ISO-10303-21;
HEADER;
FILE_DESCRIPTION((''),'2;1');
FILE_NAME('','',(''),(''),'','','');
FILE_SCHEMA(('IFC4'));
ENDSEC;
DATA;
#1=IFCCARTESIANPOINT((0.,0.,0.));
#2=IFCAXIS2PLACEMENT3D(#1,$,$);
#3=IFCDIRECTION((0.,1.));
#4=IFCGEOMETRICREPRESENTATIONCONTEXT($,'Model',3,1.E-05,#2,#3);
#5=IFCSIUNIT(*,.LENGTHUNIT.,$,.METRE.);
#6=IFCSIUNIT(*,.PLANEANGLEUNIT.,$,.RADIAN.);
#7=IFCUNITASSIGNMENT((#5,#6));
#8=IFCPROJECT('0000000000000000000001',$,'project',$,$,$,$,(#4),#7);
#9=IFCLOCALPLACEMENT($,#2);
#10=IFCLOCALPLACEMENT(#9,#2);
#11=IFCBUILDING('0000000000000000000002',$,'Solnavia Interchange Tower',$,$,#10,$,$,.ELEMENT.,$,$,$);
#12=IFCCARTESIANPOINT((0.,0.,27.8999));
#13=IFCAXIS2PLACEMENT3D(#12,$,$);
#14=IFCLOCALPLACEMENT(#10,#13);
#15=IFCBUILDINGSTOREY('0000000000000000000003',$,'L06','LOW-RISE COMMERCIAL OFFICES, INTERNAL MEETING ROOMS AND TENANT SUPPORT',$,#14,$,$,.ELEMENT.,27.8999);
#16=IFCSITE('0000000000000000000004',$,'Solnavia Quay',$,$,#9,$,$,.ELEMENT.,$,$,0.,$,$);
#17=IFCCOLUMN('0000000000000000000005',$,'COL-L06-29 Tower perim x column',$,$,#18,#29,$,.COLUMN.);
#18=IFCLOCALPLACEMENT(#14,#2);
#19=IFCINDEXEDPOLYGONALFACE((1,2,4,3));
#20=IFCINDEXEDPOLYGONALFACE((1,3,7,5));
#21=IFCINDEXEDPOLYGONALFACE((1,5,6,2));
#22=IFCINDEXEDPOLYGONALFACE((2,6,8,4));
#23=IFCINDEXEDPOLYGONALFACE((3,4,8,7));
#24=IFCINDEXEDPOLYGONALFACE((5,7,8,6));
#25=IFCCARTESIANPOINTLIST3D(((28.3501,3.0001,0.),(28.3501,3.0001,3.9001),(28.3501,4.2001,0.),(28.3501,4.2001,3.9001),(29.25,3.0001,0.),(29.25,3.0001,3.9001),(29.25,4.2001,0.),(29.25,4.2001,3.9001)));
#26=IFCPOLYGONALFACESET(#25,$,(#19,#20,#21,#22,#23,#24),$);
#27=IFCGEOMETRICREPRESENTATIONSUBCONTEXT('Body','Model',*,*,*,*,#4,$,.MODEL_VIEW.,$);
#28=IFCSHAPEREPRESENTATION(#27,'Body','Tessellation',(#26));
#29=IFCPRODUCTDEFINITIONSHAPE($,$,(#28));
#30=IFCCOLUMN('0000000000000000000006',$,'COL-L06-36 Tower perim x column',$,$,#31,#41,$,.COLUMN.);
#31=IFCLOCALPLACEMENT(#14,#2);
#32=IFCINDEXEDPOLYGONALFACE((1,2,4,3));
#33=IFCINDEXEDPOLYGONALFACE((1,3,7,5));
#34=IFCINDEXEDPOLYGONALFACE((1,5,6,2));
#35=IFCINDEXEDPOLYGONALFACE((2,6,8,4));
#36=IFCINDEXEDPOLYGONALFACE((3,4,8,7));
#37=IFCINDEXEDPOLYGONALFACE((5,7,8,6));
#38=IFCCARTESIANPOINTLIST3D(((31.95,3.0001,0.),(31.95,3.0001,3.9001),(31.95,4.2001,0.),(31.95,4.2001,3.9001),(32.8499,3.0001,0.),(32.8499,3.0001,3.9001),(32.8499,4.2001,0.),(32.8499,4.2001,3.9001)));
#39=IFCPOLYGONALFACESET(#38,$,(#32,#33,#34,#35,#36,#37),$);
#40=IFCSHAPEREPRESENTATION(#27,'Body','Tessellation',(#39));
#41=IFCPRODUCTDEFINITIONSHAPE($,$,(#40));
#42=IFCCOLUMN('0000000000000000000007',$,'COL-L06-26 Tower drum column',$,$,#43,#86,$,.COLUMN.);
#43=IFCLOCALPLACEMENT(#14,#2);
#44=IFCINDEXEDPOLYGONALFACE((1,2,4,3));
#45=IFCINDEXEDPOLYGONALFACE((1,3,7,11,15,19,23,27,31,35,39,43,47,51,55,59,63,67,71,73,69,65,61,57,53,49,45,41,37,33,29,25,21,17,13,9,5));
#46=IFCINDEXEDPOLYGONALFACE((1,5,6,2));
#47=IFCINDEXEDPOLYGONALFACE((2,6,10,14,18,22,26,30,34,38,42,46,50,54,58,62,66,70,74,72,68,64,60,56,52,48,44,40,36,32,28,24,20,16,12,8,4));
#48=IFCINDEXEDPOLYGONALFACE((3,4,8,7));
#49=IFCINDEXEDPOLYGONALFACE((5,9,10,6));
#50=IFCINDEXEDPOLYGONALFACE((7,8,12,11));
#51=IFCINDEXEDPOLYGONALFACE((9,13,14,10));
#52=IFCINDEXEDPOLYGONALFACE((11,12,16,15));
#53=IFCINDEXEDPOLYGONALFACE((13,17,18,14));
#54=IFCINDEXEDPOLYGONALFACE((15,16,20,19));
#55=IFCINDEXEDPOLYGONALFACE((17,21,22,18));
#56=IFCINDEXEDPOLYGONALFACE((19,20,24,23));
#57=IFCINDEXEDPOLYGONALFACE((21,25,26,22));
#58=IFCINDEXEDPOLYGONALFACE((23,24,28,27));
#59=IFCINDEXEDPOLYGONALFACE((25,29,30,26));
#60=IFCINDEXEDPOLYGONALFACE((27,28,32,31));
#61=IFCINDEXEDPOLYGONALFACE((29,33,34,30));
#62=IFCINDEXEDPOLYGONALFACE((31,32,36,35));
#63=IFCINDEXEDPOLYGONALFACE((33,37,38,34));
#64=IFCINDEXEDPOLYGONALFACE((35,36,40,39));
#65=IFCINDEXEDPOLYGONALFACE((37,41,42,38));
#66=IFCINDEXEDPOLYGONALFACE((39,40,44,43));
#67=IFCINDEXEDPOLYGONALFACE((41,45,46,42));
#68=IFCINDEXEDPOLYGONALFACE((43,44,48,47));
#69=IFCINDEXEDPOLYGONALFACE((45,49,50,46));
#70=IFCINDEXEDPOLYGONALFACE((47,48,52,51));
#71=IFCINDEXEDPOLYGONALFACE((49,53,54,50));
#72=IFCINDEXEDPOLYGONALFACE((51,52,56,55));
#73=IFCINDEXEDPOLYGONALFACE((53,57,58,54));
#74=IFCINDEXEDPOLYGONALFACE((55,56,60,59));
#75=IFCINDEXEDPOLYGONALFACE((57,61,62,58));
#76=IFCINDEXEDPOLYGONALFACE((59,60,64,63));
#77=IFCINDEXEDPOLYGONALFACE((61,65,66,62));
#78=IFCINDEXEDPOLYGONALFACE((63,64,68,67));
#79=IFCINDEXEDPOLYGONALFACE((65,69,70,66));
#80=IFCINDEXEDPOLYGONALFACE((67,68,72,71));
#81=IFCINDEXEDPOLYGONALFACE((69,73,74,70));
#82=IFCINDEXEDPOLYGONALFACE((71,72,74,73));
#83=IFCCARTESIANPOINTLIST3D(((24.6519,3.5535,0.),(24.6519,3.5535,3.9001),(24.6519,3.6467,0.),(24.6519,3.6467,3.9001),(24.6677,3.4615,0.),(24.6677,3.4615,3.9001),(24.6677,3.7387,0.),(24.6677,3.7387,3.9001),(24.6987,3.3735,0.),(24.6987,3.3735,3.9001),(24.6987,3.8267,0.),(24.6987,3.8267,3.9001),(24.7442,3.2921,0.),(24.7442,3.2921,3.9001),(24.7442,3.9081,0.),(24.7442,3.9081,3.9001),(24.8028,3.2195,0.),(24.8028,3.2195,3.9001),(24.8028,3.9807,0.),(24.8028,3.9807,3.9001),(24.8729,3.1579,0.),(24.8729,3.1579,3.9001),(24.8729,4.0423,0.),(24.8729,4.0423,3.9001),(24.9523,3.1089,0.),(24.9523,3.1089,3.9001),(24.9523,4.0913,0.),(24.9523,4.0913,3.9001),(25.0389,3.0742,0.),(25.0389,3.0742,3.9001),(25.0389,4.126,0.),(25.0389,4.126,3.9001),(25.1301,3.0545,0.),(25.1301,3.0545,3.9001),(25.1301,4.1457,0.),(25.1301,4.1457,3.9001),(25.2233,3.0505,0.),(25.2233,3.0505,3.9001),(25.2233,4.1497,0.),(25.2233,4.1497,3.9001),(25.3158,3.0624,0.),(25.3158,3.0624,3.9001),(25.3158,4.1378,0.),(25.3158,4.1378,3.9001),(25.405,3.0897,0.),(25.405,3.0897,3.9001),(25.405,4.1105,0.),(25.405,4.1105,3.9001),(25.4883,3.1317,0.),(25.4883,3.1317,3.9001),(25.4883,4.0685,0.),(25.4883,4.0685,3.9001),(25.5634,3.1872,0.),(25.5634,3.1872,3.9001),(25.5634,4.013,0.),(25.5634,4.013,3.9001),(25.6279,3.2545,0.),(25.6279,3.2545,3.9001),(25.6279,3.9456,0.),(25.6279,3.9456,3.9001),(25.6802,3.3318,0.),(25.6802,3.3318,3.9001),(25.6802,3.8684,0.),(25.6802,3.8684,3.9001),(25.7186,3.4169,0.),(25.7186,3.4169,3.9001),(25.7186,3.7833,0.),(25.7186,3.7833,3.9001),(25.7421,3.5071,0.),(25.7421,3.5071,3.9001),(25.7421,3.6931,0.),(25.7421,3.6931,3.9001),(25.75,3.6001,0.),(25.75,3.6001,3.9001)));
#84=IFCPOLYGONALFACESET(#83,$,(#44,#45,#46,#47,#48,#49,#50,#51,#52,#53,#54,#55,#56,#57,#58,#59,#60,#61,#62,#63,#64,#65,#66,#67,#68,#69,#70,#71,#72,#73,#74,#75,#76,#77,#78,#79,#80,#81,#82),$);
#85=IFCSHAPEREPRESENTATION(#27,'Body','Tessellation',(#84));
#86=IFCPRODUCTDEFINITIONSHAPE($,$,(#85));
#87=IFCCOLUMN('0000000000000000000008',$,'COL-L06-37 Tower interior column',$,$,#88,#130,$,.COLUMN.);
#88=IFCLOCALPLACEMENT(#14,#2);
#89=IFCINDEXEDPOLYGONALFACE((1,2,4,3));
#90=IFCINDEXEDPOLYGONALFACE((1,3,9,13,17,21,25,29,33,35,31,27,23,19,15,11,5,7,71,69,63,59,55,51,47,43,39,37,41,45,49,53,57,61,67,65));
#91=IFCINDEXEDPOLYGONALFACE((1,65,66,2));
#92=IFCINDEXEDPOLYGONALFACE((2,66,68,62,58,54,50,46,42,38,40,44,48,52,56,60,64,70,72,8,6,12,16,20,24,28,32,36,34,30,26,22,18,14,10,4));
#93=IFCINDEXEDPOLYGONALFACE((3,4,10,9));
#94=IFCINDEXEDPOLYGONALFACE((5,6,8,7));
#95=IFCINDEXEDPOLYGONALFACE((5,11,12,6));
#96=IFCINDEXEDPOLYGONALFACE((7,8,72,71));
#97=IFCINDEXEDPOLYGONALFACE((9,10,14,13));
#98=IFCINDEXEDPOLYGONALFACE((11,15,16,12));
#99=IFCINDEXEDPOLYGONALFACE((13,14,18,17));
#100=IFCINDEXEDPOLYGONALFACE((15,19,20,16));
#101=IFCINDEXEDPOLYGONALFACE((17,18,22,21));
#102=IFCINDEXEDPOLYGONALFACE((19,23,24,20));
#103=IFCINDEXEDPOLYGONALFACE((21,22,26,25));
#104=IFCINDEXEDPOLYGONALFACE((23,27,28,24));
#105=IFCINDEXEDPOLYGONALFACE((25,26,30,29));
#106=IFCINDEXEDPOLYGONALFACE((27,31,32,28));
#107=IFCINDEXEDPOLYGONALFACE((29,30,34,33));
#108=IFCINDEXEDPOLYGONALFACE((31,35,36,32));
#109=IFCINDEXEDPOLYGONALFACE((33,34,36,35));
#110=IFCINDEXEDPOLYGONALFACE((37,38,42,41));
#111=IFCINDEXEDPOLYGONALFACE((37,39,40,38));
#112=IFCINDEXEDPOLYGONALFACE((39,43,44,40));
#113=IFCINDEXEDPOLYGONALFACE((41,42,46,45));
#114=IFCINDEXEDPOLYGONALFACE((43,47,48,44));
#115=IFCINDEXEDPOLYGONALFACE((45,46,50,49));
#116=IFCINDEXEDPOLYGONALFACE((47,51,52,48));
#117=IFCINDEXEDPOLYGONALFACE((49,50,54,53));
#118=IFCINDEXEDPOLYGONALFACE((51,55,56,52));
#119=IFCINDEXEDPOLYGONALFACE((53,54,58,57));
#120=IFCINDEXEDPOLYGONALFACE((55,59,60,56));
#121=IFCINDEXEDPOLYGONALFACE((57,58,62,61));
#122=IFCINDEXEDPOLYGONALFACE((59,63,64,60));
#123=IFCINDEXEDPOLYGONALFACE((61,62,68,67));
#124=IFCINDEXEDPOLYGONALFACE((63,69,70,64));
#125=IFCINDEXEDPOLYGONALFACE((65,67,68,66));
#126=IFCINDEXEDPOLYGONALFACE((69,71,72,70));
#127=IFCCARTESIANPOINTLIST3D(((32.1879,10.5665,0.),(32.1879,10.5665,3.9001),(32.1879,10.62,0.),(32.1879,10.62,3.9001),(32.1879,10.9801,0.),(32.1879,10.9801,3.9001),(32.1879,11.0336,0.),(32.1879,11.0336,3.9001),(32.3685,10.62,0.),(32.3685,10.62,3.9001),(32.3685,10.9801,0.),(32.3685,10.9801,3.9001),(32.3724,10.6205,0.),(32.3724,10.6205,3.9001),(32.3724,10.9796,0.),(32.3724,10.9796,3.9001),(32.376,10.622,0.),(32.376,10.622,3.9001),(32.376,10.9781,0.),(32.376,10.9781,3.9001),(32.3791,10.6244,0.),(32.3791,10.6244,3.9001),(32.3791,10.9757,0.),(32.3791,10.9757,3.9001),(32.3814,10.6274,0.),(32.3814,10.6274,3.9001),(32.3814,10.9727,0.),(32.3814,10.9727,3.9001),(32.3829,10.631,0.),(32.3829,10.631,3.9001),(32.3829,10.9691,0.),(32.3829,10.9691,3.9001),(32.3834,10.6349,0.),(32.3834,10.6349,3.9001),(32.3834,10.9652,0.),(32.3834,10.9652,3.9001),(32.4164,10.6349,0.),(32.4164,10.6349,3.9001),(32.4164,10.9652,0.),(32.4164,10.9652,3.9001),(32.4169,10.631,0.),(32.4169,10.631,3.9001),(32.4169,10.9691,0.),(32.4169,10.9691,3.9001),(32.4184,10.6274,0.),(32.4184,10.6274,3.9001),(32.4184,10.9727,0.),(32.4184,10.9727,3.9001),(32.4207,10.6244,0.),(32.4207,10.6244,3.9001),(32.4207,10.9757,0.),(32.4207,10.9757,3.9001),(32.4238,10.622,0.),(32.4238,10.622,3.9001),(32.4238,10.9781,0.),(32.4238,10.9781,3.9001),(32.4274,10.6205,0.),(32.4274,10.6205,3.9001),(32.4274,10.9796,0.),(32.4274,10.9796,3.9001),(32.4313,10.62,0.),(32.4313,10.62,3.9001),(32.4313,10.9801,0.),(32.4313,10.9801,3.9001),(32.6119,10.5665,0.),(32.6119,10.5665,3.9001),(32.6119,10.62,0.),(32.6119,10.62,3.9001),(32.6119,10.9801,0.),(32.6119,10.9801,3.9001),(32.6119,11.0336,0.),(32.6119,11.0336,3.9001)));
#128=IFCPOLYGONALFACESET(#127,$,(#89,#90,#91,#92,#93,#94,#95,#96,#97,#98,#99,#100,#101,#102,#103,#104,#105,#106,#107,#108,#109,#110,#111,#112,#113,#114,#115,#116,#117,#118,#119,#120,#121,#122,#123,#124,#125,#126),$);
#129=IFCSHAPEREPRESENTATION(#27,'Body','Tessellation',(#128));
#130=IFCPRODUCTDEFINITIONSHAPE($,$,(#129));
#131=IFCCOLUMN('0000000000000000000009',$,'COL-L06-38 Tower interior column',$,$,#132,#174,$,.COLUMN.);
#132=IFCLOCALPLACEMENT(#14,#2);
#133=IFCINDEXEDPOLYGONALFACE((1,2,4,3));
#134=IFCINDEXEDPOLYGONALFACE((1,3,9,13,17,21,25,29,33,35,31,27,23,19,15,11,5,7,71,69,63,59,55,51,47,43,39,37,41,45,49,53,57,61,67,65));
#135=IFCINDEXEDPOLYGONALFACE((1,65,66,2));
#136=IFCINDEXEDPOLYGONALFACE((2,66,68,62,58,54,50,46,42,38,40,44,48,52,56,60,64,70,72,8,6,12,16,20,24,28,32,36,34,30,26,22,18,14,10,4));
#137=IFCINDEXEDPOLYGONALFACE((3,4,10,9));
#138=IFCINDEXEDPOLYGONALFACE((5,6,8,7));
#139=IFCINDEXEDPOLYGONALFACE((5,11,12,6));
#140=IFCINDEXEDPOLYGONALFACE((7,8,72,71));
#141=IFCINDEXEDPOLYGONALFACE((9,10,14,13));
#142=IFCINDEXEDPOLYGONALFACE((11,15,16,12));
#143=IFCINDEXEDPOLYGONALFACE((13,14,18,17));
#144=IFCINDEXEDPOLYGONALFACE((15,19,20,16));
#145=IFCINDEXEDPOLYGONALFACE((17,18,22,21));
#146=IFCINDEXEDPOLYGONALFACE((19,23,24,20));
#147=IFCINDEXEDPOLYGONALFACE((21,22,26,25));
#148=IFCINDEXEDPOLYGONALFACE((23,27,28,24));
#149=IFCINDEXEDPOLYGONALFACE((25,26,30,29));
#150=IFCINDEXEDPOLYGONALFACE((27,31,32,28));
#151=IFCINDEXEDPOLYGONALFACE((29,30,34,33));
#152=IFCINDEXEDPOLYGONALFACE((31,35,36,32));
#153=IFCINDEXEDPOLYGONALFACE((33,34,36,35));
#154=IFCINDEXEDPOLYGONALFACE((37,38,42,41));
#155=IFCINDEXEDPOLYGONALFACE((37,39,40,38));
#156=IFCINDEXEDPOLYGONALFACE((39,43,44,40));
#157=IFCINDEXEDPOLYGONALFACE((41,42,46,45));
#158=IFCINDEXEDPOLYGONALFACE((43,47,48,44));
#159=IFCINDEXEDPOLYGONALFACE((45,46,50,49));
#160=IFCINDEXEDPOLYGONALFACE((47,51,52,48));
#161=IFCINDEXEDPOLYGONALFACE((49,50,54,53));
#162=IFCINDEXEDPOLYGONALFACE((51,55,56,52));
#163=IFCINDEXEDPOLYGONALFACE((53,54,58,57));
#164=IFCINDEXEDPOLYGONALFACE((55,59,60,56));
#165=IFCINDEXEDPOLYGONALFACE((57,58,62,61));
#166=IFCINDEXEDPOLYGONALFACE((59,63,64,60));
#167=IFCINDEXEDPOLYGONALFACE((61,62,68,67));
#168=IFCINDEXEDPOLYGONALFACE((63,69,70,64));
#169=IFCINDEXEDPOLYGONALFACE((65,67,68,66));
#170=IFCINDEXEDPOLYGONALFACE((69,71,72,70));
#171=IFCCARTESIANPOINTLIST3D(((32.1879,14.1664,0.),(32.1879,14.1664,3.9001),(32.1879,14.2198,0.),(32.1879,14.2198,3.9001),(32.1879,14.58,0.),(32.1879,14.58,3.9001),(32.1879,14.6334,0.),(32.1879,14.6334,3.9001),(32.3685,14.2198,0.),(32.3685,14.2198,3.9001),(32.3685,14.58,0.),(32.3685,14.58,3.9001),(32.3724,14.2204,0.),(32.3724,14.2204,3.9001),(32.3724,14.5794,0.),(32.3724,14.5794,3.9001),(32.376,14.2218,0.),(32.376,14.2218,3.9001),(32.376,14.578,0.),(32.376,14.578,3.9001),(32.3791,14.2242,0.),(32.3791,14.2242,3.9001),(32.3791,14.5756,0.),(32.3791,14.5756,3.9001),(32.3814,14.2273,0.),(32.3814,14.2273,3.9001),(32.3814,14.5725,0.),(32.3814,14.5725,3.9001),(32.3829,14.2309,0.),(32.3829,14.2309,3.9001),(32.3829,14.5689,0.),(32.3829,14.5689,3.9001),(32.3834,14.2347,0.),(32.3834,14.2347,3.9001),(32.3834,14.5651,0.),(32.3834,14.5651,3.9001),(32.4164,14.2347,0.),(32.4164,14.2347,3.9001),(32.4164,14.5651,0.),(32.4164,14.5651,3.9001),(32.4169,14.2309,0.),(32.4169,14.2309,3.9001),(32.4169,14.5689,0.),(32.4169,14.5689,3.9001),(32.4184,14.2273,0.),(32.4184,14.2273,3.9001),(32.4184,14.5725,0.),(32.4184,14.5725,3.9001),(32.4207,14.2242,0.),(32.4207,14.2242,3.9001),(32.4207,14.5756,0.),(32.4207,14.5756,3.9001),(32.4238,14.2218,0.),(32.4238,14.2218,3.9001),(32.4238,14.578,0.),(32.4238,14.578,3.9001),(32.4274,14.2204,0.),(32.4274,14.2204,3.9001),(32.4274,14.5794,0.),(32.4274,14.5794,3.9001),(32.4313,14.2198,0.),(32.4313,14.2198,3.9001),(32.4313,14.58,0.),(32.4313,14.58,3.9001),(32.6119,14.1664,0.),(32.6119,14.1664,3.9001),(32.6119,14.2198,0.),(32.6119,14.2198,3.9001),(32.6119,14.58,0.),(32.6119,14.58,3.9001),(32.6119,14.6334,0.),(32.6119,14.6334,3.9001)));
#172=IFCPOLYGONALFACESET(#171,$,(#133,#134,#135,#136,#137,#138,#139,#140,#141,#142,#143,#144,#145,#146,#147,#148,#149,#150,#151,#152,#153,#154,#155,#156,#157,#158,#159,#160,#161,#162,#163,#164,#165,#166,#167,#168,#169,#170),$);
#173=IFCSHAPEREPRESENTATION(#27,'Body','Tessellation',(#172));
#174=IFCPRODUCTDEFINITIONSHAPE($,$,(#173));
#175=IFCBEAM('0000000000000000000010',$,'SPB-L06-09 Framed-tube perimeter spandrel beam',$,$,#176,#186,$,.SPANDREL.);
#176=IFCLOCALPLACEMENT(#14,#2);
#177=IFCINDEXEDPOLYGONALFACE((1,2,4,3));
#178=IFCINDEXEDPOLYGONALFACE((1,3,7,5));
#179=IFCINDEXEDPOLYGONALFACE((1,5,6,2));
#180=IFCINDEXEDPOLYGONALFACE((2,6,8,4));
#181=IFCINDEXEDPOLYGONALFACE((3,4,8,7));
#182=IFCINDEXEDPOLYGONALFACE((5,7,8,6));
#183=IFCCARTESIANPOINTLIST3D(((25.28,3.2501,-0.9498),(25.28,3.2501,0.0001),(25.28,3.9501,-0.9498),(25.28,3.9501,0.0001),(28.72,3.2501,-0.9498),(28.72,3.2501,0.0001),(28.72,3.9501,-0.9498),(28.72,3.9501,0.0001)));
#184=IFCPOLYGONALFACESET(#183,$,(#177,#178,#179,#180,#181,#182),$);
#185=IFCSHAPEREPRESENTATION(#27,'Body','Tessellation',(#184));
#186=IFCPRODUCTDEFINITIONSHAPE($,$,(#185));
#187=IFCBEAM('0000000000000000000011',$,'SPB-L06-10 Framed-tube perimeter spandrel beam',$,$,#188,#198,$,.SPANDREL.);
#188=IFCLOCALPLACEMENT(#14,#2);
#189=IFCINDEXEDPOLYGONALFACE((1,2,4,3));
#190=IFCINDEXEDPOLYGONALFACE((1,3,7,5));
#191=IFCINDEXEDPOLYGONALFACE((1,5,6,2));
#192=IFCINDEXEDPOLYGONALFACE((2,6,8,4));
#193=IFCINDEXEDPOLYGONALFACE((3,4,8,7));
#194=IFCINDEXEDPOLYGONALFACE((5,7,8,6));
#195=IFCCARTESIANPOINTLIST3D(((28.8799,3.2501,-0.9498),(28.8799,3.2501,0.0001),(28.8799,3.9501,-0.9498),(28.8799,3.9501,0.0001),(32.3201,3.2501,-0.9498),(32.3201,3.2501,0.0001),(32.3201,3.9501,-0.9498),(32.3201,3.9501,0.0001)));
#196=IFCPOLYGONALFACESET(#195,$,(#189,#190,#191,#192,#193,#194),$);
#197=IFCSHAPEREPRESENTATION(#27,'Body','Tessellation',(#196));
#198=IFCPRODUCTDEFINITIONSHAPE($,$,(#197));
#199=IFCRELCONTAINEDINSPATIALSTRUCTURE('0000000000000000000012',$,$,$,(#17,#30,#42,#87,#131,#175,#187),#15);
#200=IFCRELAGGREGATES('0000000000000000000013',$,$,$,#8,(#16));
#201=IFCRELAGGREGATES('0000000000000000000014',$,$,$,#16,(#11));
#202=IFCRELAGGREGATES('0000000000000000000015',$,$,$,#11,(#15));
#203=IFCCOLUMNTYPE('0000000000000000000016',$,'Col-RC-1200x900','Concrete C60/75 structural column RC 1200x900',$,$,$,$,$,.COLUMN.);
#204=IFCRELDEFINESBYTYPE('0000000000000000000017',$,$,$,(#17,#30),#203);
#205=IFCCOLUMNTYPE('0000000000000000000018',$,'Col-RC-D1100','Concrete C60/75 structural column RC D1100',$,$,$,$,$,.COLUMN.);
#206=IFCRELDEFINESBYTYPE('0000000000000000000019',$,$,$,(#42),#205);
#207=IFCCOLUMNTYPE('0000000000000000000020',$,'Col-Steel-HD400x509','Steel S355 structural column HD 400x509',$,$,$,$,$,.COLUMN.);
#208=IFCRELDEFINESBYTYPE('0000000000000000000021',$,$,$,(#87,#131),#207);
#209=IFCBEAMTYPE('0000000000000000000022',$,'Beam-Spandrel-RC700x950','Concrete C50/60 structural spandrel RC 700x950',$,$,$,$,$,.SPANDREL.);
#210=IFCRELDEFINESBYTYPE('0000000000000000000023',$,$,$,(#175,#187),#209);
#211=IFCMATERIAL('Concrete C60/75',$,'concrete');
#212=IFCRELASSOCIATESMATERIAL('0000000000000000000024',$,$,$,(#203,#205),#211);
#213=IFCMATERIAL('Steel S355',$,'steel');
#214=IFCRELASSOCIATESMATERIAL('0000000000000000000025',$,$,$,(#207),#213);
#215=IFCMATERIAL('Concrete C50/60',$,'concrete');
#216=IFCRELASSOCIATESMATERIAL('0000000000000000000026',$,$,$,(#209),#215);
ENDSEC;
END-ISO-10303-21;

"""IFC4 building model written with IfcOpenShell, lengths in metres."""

from ifc_helpers import new_model, si_unit, direction, frame, origin, origin_2d, place, context, subcontext, project, spatial, rectangle, circle, i_section, extrude, material, material_profile, profile_set, type_object, element, save


model = new_model("IFC4")

# Units and contexts
model_context = context("Model", 3, precision=1e-05, world=origin(), true_north=direction((0.0, 1.0)))
body_context = subcontext(model_context, "Body", "Model", "MODEL_VIEW")
ifc_project = project(units=[si_unit("LENGTHUNIT", "METRE"), si_unit("PLANEANGLEUNIT", "RADIAN")], contexts=[model_context])

# Site, building, storey
site_placement = place(None, origin())
site = spatial("IfcSite", under=ifc_project, at=site_placement, Name="Solnavia Quay", CompositionType="ELEMENT", RefElevation=0.0)
building_placement = place(site_placement, origin())
building = spatial("IfcBuilding", under=site, at=building_placement, Name="Solnavia Interchange Tower", CompositionType="ELEMENT")
storey_placement = place(building_placement, frame((0.0, 0.0, 27.8999)))
storey = spatial("IfcBuildingStorey", under=building, at=storey_placement, Name="L06", Description="LOW-RISE COMMERCIAL OFFICES, INTERNAL MEETING ROOMS AND TENANT SUPPORT", CompositionType="ELEMENT", Elevation=27.8999)

# Columns
ifc_material_1 = material(Name="Concrete C60/75", Category="concrete")
ifc_material_profile_1 = material_profile(ifc_material_1, rectangle(XDim=0.8999, YDim=1.2, at=origin_2d()), Name="RC 1200x900")
ifc_profile_set_1 = profile_set([ifc_material_profile_1], Name="Concrete C60/75")
column_type_1 = type_object("IfcColumnType", Name="Col-RC-1200x900", Description="Concrete C60/75 structural column RC 1200x900", PredefinedType="COLUMN", material=ifc_profile_set_1)
for number, where, z_axis, x_axis, name in (
    (1, (28.8, 3.6001, 0.0), (0.0, 0.0, 1.0), (1.0, 0.0, 0.0), "COL-L06-29 Tower perim x column"),
    (2, (32.3999, 3.6001, 0.0), (0.0, 0.0, 1.0), (1.0, 0.0, 0.0), "COL-L06-36 Tower perim x column"),
):
    element("IfcColumn", number, at=place(storey_placement, frame(where, z_axis=z_axis, x_axis=x_axis)), inside=storey, type_object=column_type_1, Name=name, PredefinedType="COLUMN", context=body_context, shape_type="SweptSolid", body=[
        extrude(rectangle(XDim=0.8999, YDim=1.2, at=origin_2d()), origin(), (0.0, 0.0, 1.0), 3.9001),
    ])
ifc_material_profile_2 = material_profile(ifc_material_1, circle(Radius=0.55, at=origin_2d()), Name="RC D1100")
ifc_profile_set_2 = profile_set([ifc_material_profile_2], Name="Concrete C60/75")
column_type_2 = type_object("IfcColumnType", Name="Col-RC-D1100", Description="Concrete C60/75 structural column RC D1100", PredefinedType="COLUMN", material=ifc_profile_set_2)
column_placement = place(storey_placement, frame((25.2, 3.6001, 0.0), z_axis=(0.0, 0.0, 1.0), x_axis=(1.0, 0.0, 0.0)))
element("IfcColumn", 3, at=column_placement, inside=storey, type_object=column_type_2, Name="COL-L06-26 Tower drum column", PredefinedType="COLUMN", context=body_context, shape_type="SweptSolid", body=[
    extrude(circle(Radius=0.55, at=origin_2d()), origin(), (0.0, 0.0, 1.0), 3.9001),
])
ifc_material_2 = material(Name="Steel S355", Category="steel")
ifc_material_profile_3 = material_profile(ifc_material_2, i_section(OverallWidth=0.4241, OverallDepth=0.467, WebThickness=0.033, FlangeThickness=0.0535, FilletRadius=0.0149, at=origin_2d()), Name="HD 400x509")
ifc_profile_set_3 = profile_set([ifc_material_profile_3], Name="Steel S355")
column_type_3 = type_object("IfcColumnType", Name="Col-Steel-HD400x509", Description="Steel S355 structural column HD 400x509", PredefinedType="COLUMN", material=ifc_profile_set_3)
for number, where, z_axis, x_axis, name in (
    (4, (32.3999, 10.8, 0.0), (0.0, 0.0, 1.0), (1.0, 0.0, 0.0), "COL-L06-37 Tower interior column"),
    (5, (32.3999, 14.3999, 0.0), (0.0, 0.0, 1.0), (1.0, 0.0, 0.0), "COL-L06-38 Tower interior column"),
):
    element("IfcColumn", number, at=place(storey_placement, frame(where, z_axis=z_axis, x_axis=x_axis)), inside=storey, type_object=column_type_3, Name=name, PredefinedType="COLUMN", context=body_context, shape_type="SweptSolid", body=[
        extrude(i_section(OverallWidth=0.4241, OverallDepth=0.467, WebThickness=0.033, FlangeThickness=0.0535, FilletRadius=0.0149, at=origin_2d()), origin(), (0.0, 0.0, 1.0), 3.9001),
    ])

# Beams
ifc_material_3 = material(Name="Concrete C50/60", Category="concrete")
ifc_material_profile_4 = material_profile(ifc_material_3, rectangle(XDim=0.7, YDim=0.95, at=origin_2d()), Name="RC 700x950")
ifc_profile_set_4 = profile_set([ifc_material_profile_4], Name="Concrete C50/60")
beam_type = type_object("IfcBeamType", Name="Beam-Spandrel-RC700x950", Description="Concrete C50/60 structural spandrel RC 700x950", PredefinedType="SPANDREL", material=ifc_profile_set_4)
beam_1_placement = place(storey_placement, frame((25.28, 3.6001, -0.4749), z_axis=(1.0, 0.0, 0.0), x_axis=(0.0, 1.0, 0.0)))
element("IfcBeam", 6, at=beam_1_placement, inside=storey, type_object=beam_type, Name="SPB-L06-09 Framed-tube perimeter spandrel beam", PredefinedType="SPANDREL", context=body_context, shape_type="SweptSolid", body=[
    extrude(rectangle(XDim=0.7, YDim=0.95, at=origin_2d()), origin(), (0.0, 0.0, 1.0), 3.4399),
])
beam_2_placement = place(storey_placement, frame((28.8799, 3.6001, -0.4749), z_axis=(1.0, 0.0, 0.0), x_axis=(0.0, 1.0, 0.0)))
element("IfcBeam", 7, at=beam_2_placement, inside=storey, type_object=beam_type, Name="SPB-L06-10 Framed-tube perimeter spandrel beam", PredefinedType="SPANDREL", context=body_context, shape_type="SweptSolid", body=[
    extrude(rectangle(XDim=0.7, YDim=0.95, at=origin_2d()), origin(), (0.0, 0.0, 1.0), 3.4402),
])

save(model, "model.ifc")
